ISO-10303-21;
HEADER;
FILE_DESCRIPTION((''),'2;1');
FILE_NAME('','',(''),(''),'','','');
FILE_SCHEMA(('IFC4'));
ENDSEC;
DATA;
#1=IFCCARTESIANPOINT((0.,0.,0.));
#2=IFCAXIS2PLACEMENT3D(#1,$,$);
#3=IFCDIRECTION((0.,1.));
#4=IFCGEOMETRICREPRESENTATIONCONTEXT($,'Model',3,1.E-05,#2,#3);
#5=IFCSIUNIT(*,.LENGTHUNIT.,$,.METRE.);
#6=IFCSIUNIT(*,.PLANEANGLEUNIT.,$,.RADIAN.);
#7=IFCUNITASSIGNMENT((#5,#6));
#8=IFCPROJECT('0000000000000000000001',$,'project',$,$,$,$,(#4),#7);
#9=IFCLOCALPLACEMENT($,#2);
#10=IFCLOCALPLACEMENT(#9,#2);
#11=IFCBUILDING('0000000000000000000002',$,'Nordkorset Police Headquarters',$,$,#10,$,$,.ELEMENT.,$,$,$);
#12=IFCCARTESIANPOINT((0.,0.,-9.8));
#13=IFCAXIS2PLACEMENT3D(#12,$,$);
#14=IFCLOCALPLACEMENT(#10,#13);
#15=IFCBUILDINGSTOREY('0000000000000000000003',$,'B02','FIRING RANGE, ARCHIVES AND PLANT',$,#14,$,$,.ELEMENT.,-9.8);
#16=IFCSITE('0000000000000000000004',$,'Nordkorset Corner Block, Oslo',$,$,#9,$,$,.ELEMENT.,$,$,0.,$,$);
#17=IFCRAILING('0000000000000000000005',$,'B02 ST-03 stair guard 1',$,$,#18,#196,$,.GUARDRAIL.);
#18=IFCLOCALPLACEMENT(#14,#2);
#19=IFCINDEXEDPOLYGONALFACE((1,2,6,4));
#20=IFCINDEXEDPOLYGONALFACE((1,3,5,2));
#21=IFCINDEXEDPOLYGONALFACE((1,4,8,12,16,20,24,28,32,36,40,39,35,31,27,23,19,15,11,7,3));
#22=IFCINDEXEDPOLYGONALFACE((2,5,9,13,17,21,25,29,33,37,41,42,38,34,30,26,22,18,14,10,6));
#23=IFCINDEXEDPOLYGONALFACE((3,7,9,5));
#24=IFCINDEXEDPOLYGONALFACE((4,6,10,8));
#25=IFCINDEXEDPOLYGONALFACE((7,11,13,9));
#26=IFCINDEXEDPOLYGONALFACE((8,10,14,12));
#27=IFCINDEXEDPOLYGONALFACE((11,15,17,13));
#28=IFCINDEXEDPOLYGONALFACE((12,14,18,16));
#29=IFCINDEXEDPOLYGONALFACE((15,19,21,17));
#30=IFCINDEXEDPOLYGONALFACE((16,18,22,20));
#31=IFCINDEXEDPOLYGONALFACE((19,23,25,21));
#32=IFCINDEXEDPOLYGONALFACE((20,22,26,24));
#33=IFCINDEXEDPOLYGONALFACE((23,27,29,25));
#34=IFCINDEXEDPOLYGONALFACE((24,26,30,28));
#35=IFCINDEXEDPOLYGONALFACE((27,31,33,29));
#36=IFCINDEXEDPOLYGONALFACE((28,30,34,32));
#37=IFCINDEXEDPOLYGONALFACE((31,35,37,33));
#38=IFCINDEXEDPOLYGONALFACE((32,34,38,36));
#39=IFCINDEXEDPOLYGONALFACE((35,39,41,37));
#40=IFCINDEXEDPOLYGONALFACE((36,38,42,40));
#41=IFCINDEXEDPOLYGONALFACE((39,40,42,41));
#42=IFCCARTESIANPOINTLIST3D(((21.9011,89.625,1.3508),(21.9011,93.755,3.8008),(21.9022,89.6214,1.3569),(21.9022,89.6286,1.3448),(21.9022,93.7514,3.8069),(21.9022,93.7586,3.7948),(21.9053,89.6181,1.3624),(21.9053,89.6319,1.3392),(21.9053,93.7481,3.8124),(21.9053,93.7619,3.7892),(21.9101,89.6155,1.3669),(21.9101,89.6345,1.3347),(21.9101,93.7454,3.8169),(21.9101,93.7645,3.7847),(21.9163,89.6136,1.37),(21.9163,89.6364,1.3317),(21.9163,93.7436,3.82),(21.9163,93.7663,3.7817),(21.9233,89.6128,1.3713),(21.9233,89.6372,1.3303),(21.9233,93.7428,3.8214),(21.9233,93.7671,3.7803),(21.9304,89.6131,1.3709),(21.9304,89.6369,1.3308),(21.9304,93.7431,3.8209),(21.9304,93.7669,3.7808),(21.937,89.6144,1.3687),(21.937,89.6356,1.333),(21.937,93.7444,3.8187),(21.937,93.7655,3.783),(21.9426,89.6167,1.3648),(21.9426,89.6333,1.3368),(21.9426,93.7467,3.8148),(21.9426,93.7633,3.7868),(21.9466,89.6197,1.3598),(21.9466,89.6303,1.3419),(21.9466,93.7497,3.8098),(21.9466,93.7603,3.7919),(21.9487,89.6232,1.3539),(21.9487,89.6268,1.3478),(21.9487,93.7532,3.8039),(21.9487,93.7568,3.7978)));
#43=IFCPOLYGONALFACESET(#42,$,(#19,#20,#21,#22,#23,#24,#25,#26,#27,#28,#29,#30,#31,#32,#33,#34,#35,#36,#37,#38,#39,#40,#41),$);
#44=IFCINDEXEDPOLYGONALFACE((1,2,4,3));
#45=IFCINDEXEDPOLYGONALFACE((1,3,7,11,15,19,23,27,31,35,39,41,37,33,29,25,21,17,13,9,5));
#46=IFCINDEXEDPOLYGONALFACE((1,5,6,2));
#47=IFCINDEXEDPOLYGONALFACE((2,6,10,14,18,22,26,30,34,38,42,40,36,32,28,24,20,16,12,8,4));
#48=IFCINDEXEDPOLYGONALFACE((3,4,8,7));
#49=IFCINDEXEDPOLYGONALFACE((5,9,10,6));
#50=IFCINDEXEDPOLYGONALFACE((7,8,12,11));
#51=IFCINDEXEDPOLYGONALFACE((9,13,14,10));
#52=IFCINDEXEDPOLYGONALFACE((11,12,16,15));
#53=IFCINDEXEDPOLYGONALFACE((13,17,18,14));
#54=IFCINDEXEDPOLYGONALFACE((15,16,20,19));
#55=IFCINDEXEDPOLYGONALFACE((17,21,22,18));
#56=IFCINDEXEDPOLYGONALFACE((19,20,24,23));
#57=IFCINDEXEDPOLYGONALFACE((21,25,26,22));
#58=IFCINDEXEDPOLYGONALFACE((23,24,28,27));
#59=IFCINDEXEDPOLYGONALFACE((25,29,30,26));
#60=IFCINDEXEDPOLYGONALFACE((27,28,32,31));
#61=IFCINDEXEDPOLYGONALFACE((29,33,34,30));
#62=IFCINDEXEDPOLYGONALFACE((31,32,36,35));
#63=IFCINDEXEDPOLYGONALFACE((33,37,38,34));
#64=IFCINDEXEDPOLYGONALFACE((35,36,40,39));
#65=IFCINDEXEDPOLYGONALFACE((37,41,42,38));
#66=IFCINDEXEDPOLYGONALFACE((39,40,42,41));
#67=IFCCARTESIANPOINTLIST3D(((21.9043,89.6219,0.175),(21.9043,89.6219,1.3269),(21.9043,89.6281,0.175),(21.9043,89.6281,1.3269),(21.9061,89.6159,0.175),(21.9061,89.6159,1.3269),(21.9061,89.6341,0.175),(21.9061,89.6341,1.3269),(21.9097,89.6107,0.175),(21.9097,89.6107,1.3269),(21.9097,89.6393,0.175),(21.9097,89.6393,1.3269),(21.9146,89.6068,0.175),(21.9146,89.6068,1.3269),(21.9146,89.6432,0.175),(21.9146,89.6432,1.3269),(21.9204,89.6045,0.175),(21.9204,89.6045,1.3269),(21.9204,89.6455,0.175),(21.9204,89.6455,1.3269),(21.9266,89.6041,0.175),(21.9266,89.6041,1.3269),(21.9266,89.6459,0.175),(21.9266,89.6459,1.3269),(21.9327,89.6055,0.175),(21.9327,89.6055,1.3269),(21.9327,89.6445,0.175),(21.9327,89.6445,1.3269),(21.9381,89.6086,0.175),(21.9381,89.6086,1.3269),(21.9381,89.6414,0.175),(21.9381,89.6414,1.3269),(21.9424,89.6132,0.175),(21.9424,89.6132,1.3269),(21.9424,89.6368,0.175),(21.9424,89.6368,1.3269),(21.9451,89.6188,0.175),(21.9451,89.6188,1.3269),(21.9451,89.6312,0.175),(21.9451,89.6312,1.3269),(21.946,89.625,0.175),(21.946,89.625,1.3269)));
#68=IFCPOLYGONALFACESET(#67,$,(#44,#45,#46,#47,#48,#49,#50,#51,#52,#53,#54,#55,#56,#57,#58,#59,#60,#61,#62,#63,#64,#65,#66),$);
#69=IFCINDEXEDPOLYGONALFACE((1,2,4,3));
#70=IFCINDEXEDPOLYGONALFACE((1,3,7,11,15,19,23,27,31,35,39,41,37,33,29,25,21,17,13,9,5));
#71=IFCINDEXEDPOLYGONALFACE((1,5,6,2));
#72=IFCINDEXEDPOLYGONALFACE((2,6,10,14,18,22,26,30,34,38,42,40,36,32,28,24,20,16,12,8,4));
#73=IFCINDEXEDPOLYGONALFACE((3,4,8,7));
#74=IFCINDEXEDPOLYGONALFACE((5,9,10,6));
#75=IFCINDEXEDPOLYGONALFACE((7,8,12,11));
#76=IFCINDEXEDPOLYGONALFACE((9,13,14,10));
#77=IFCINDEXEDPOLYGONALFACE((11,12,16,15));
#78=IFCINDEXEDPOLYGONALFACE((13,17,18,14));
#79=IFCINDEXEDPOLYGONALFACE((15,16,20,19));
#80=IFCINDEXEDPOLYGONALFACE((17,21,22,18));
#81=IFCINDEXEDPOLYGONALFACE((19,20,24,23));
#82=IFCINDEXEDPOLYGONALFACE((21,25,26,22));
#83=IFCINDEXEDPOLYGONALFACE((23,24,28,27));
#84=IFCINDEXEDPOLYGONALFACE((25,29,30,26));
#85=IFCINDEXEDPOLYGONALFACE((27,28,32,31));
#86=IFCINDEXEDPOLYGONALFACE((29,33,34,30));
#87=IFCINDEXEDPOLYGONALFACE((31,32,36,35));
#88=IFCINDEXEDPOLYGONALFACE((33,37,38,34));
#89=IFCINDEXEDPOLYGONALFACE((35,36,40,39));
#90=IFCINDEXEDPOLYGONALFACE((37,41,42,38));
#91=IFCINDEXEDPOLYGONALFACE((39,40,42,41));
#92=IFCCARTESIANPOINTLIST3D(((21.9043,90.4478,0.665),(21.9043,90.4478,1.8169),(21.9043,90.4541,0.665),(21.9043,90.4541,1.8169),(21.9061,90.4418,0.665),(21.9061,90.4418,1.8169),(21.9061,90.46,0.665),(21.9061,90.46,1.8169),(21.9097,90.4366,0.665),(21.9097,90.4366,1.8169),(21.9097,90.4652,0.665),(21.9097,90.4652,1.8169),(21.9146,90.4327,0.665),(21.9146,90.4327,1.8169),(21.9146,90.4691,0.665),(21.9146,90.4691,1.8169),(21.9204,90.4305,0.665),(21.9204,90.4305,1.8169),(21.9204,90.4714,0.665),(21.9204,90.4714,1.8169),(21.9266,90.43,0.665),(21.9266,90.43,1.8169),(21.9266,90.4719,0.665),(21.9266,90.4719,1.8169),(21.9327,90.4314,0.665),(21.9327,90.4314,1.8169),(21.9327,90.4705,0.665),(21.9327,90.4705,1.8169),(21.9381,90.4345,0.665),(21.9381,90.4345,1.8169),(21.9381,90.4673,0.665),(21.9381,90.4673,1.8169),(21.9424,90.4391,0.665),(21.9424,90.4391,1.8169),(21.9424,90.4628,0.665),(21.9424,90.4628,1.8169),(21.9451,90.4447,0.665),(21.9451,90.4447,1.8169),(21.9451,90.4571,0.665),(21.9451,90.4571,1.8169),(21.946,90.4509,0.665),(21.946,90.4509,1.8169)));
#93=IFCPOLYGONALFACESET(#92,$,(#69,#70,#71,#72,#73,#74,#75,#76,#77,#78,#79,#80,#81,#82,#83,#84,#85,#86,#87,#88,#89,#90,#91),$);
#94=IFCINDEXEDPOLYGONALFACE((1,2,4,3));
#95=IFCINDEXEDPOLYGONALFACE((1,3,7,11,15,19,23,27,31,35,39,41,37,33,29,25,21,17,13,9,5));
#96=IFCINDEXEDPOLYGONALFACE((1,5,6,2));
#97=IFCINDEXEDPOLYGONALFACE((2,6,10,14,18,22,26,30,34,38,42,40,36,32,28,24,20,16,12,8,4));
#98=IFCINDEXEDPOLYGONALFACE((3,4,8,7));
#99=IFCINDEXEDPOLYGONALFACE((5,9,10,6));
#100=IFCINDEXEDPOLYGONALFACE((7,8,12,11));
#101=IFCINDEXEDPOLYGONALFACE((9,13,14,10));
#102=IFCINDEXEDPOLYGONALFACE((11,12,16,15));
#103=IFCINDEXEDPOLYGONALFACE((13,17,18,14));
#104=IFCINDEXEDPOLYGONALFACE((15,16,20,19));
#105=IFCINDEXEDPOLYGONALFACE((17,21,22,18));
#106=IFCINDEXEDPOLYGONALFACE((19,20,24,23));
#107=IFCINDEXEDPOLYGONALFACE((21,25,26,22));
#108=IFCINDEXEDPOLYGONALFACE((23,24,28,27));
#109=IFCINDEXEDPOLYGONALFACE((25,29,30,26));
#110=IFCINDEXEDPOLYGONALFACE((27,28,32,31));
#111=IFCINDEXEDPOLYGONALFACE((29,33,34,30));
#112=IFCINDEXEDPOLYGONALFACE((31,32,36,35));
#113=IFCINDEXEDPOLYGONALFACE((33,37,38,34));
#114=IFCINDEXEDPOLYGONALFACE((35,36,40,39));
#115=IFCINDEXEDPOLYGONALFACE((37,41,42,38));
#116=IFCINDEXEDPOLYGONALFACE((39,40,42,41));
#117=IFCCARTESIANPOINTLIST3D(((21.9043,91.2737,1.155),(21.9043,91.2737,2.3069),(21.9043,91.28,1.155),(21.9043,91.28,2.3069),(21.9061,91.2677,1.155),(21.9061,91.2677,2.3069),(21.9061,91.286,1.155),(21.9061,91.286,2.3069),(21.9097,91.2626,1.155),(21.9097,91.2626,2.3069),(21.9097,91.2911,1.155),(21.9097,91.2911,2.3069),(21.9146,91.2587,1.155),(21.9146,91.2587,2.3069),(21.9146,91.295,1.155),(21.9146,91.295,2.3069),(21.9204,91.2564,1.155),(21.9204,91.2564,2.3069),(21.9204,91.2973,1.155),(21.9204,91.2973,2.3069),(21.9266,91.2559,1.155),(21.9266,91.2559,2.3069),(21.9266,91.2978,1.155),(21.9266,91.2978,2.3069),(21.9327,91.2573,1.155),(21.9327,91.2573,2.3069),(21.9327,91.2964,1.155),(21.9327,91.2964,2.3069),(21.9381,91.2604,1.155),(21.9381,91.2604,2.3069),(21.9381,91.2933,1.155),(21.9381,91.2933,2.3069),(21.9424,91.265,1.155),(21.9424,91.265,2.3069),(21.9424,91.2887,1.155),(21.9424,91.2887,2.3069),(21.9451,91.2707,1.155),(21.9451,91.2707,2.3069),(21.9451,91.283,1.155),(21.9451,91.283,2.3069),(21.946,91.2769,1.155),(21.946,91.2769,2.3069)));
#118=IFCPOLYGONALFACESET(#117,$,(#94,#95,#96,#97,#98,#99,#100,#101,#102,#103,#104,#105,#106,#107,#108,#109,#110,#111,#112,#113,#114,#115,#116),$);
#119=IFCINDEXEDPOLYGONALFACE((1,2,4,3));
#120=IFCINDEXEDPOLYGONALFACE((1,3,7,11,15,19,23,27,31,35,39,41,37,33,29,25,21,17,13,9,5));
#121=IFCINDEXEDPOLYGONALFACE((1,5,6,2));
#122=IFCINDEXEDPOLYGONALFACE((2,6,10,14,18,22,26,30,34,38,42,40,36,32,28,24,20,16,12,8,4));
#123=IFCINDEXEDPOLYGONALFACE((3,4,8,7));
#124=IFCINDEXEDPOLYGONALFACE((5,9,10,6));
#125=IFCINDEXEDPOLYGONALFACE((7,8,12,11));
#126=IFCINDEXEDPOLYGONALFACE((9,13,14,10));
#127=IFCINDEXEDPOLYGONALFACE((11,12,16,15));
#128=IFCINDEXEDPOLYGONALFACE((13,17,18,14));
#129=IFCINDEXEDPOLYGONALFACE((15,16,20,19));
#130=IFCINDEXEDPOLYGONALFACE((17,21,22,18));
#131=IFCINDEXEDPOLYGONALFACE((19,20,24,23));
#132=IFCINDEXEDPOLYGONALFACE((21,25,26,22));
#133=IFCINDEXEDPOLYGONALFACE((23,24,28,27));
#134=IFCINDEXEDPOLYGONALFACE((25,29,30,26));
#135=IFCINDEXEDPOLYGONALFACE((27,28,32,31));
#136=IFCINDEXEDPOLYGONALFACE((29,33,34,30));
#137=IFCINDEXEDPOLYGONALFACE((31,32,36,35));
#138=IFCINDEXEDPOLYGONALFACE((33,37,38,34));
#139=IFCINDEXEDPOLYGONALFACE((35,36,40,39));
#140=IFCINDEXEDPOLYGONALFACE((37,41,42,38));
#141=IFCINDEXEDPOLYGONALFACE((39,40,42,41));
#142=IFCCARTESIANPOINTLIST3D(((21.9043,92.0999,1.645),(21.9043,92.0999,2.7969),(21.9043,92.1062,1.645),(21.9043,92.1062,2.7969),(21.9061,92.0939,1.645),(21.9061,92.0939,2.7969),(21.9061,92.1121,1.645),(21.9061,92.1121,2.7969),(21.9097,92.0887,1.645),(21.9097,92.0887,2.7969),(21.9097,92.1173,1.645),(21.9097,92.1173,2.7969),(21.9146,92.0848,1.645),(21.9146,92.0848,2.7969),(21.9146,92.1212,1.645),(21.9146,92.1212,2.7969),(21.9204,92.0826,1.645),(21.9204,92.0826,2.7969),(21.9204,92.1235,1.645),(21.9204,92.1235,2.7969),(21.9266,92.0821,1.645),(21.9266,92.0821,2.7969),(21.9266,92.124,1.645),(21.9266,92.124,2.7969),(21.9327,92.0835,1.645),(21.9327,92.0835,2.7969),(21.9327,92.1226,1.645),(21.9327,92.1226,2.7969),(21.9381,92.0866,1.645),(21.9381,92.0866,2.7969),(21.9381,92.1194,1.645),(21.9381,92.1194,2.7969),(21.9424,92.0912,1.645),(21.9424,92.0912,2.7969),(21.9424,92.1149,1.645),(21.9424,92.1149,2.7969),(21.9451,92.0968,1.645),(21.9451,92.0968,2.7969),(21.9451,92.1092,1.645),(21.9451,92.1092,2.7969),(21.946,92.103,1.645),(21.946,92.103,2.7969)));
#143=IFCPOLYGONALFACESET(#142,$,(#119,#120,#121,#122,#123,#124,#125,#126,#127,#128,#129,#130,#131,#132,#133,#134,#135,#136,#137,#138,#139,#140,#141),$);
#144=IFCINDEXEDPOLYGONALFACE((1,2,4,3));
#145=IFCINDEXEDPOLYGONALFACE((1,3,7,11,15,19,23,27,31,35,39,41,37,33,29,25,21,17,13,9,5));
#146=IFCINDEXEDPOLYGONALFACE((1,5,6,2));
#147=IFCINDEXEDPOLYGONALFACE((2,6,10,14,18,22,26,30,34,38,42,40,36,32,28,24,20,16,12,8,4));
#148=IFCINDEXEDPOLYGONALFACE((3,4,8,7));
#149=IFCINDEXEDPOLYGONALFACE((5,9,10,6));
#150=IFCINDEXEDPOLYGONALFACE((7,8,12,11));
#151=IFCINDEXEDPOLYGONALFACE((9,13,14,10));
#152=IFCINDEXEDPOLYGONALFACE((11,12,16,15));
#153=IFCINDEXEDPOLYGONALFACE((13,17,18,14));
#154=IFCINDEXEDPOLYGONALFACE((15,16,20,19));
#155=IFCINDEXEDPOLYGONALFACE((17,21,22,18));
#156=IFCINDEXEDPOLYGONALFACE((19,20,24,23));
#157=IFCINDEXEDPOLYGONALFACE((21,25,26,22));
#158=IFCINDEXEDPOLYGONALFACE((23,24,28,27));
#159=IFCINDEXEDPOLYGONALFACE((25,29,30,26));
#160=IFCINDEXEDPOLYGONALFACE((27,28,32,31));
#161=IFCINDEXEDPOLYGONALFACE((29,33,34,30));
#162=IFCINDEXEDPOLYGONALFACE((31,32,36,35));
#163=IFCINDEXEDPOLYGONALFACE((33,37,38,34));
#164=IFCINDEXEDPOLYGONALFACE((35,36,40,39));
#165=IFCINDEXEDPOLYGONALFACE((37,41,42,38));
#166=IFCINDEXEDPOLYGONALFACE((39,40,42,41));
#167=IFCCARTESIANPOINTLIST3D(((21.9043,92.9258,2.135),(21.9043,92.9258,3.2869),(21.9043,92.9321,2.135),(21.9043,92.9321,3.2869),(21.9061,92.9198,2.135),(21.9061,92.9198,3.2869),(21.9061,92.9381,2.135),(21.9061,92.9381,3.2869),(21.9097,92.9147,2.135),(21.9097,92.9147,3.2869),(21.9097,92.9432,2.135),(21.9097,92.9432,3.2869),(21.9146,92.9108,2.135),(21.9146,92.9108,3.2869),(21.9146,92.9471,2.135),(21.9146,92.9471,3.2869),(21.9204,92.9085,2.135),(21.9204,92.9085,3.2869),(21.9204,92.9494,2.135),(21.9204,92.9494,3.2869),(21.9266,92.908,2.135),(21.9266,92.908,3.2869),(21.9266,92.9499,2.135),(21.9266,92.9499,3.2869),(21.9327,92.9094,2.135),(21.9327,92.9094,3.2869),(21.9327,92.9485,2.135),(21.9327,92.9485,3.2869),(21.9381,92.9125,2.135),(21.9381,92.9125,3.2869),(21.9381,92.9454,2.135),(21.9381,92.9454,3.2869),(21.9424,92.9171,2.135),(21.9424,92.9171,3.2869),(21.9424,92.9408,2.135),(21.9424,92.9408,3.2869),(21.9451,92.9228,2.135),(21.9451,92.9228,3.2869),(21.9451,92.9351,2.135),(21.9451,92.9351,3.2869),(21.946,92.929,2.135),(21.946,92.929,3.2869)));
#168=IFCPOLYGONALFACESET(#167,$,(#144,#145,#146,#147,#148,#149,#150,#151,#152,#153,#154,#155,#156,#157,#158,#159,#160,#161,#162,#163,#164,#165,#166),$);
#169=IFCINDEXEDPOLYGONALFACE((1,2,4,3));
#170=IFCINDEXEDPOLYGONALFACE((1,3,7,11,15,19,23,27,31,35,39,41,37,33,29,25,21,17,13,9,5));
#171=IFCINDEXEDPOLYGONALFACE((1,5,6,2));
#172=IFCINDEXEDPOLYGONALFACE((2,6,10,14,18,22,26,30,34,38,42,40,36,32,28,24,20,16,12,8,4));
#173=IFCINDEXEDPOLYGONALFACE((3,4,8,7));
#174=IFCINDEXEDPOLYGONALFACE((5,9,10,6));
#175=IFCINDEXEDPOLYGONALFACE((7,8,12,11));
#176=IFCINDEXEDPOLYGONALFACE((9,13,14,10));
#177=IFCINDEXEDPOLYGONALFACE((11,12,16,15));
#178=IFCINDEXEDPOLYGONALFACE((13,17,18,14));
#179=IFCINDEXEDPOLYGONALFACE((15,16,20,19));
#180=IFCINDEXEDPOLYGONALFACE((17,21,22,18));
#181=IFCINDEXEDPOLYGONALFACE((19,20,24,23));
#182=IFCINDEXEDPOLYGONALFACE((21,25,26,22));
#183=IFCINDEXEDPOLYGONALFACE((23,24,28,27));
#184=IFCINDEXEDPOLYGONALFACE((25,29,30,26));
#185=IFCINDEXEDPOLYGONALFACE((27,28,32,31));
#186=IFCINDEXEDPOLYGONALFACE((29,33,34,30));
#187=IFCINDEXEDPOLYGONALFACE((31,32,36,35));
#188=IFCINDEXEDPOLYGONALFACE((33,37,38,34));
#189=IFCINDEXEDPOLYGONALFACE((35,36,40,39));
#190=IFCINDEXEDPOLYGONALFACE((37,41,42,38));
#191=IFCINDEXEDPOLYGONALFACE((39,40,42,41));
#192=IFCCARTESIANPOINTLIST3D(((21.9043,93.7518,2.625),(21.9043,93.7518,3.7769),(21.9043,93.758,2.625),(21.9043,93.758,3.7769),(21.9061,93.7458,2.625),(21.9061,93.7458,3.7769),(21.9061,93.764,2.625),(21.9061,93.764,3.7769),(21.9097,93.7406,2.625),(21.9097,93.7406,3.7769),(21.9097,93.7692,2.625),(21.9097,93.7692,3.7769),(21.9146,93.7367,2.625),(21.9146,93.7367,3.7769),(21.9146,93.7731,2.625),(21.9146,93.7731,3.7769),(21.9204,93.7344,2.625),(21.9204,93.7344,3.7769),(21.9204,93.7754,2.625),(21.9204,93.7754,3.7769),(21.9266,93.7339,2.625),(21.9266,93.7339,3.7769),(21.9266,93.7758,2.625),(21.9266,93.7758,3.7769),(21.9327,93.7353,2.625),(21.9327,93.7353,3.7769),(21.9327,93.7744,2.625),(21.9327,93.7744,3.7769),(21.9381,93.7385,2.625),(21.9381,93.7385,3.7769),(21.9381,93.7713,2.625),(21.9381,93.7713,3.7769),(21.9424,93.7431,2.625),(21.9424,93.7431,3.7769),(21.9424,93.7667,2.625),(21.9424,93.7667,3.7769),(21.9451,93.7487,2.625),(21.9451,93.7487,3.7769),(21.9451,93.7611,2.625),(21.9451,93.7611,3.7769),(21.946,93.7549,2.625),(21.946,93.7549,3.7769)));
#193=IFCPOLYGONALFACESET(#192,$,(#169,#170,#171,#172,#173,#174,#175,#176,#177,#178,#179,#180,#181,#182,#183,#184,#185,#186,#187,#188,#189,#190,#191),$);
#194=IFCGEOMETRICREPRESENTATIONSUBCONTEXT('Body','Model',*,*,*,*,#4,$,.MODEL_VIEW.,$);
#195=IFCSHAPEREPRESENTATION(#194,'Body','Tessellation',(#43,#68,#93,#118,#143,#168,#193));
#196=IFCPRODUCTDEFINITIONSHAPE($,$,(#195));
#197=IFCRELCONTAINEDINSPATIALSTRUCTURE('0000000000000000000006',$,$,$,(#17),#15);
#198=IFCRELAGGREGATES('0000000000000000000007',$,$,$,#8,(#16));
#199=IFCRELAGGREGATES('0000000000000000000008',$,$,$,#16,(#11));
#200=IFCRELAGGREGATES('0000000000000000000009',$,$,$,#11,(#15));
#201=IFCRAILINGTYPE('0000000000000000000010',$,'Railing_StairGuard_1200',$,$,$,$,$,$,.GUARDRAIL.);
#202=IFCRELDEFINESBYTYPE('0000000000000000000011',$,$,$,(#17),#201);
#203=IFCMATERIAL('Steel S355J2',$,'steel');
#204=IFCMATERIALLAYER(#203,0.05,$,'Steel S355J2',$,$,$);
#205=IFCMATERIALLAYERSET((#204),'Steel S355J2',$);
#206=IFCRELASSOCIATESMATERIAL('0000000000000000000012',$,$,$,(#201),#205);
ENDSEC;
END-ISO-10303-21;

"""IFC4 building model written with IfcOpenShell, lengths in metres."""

from ifc_helpers import new_model, si_unit, direction, frame, origin, origin_2d, place, context, subcontext, project, spatial, circle, extrude, material, layer, layer_set, type_object, element, save


model = new_model("IFC4")

# Units and contexts
model_context = context("Model", 3, precision=1e-05, world=origin(), true_north=direction((0.0, 1.0)))
body_context = subcontext(model_context, "Body", "Model", "MODEL_VIEW")
ifc_project = project(units=[si_unit("LENGTHUNIT", "METRE"), si_unit("PLANEANGLEUNIT", "RADIAN")], contexts=[model_context])

# Site, building, storey
site_placement = place(None, origin())
site = spatial("IfcSite", under=ifc_project, at=site_placement, Name="Nordkorset Corner Block, Oslo", CompositionType="ELEMENT", RefElevation=0.0)
building_placement = place(site_placement, origin())
building = spatial("IfcBuilding", under=site, at=building_placement, Name="Nordkorset Police Headquarters", CompositionType="ELEMENT")
storey_placement = place(building_placement, frame((0.0, 0.0, -9.8)))
storey = spatial("IfcBuildingStorey", under=building, at=storey_placement, Name="B02", Description="FIRING RANGE, ARCHIVES AND PLANT", CompositionType="ELEMENT", Elevation=-9.8)

# Railing
ifc_material_1 = material(Name="Steel S355J2", Category="steel")
ifc_layer_1 = layer(ifc_material_1, 0.05, Name="Steel S355J2")
ifc_layer_set_1 = layer_set([ifc_layer_1], Name="Steel S355J2")
railing_type = type_object("IfcRailingType", Name="Railing_StairGuard_1200", PredefinedType="GUARDRAIL", material=ifc_layer_set_1)
railing_1_placement = place(storey_placement, frame((21.925, 89.625, 0.175)))
element("IfcRailing", 1, at=railing_1_placement, inside=storey, type_object=railing_type, Name="B02 ST-03 stair guard 1", PredefinedType="GUARDRAIL", context=body_context, shape_type="SweptSolid", body=[
    extrude(circle(Radius=0.0239, at=origin_2d()), frame((0.0, 0.0, 1.1758), z_axis=(0.0, 0.860053, 0.510205), x_axis=(-1.0, 0.0, 0.0)), (0.0, 0.0, 1.0), 4.802),
    extrude(circle(Radius=0.021, at=origin_2d()), origin(), (0.0, 0.0, 1.0), 1.1519),
    extrude(circle(Radius=0.021, at=origin_2d()), frame((0.0, 0.8259, 0.49)), (0.0, 0.0, 1.0), 1.1519),
    extrude(circle(Radius=0.021, at=origin_2d()), frame((0.0, 1.6519, 0.98)), (0.0, 0.0, 1.0), 1.1519),
    extrude(circle(Radius=0.021, at=origin_2d()), frame((0.0, 2.478, 1.47)), (0.0, 0.0, 1.0), 1.1519),
    extrude(circle(Radius=0.021, at=origin_2d()), frame((0.0, 3.304, 1.96)), (0.0, 0.0, 1.0), 1.1519),
    extrude(circle(Radius=0.021, at=origin_2d()), frame((0.0, 4.1299, 2.45)), (0.0, 0.0, 1.0), 1.1519),
])

save(model, "model.ifc")
